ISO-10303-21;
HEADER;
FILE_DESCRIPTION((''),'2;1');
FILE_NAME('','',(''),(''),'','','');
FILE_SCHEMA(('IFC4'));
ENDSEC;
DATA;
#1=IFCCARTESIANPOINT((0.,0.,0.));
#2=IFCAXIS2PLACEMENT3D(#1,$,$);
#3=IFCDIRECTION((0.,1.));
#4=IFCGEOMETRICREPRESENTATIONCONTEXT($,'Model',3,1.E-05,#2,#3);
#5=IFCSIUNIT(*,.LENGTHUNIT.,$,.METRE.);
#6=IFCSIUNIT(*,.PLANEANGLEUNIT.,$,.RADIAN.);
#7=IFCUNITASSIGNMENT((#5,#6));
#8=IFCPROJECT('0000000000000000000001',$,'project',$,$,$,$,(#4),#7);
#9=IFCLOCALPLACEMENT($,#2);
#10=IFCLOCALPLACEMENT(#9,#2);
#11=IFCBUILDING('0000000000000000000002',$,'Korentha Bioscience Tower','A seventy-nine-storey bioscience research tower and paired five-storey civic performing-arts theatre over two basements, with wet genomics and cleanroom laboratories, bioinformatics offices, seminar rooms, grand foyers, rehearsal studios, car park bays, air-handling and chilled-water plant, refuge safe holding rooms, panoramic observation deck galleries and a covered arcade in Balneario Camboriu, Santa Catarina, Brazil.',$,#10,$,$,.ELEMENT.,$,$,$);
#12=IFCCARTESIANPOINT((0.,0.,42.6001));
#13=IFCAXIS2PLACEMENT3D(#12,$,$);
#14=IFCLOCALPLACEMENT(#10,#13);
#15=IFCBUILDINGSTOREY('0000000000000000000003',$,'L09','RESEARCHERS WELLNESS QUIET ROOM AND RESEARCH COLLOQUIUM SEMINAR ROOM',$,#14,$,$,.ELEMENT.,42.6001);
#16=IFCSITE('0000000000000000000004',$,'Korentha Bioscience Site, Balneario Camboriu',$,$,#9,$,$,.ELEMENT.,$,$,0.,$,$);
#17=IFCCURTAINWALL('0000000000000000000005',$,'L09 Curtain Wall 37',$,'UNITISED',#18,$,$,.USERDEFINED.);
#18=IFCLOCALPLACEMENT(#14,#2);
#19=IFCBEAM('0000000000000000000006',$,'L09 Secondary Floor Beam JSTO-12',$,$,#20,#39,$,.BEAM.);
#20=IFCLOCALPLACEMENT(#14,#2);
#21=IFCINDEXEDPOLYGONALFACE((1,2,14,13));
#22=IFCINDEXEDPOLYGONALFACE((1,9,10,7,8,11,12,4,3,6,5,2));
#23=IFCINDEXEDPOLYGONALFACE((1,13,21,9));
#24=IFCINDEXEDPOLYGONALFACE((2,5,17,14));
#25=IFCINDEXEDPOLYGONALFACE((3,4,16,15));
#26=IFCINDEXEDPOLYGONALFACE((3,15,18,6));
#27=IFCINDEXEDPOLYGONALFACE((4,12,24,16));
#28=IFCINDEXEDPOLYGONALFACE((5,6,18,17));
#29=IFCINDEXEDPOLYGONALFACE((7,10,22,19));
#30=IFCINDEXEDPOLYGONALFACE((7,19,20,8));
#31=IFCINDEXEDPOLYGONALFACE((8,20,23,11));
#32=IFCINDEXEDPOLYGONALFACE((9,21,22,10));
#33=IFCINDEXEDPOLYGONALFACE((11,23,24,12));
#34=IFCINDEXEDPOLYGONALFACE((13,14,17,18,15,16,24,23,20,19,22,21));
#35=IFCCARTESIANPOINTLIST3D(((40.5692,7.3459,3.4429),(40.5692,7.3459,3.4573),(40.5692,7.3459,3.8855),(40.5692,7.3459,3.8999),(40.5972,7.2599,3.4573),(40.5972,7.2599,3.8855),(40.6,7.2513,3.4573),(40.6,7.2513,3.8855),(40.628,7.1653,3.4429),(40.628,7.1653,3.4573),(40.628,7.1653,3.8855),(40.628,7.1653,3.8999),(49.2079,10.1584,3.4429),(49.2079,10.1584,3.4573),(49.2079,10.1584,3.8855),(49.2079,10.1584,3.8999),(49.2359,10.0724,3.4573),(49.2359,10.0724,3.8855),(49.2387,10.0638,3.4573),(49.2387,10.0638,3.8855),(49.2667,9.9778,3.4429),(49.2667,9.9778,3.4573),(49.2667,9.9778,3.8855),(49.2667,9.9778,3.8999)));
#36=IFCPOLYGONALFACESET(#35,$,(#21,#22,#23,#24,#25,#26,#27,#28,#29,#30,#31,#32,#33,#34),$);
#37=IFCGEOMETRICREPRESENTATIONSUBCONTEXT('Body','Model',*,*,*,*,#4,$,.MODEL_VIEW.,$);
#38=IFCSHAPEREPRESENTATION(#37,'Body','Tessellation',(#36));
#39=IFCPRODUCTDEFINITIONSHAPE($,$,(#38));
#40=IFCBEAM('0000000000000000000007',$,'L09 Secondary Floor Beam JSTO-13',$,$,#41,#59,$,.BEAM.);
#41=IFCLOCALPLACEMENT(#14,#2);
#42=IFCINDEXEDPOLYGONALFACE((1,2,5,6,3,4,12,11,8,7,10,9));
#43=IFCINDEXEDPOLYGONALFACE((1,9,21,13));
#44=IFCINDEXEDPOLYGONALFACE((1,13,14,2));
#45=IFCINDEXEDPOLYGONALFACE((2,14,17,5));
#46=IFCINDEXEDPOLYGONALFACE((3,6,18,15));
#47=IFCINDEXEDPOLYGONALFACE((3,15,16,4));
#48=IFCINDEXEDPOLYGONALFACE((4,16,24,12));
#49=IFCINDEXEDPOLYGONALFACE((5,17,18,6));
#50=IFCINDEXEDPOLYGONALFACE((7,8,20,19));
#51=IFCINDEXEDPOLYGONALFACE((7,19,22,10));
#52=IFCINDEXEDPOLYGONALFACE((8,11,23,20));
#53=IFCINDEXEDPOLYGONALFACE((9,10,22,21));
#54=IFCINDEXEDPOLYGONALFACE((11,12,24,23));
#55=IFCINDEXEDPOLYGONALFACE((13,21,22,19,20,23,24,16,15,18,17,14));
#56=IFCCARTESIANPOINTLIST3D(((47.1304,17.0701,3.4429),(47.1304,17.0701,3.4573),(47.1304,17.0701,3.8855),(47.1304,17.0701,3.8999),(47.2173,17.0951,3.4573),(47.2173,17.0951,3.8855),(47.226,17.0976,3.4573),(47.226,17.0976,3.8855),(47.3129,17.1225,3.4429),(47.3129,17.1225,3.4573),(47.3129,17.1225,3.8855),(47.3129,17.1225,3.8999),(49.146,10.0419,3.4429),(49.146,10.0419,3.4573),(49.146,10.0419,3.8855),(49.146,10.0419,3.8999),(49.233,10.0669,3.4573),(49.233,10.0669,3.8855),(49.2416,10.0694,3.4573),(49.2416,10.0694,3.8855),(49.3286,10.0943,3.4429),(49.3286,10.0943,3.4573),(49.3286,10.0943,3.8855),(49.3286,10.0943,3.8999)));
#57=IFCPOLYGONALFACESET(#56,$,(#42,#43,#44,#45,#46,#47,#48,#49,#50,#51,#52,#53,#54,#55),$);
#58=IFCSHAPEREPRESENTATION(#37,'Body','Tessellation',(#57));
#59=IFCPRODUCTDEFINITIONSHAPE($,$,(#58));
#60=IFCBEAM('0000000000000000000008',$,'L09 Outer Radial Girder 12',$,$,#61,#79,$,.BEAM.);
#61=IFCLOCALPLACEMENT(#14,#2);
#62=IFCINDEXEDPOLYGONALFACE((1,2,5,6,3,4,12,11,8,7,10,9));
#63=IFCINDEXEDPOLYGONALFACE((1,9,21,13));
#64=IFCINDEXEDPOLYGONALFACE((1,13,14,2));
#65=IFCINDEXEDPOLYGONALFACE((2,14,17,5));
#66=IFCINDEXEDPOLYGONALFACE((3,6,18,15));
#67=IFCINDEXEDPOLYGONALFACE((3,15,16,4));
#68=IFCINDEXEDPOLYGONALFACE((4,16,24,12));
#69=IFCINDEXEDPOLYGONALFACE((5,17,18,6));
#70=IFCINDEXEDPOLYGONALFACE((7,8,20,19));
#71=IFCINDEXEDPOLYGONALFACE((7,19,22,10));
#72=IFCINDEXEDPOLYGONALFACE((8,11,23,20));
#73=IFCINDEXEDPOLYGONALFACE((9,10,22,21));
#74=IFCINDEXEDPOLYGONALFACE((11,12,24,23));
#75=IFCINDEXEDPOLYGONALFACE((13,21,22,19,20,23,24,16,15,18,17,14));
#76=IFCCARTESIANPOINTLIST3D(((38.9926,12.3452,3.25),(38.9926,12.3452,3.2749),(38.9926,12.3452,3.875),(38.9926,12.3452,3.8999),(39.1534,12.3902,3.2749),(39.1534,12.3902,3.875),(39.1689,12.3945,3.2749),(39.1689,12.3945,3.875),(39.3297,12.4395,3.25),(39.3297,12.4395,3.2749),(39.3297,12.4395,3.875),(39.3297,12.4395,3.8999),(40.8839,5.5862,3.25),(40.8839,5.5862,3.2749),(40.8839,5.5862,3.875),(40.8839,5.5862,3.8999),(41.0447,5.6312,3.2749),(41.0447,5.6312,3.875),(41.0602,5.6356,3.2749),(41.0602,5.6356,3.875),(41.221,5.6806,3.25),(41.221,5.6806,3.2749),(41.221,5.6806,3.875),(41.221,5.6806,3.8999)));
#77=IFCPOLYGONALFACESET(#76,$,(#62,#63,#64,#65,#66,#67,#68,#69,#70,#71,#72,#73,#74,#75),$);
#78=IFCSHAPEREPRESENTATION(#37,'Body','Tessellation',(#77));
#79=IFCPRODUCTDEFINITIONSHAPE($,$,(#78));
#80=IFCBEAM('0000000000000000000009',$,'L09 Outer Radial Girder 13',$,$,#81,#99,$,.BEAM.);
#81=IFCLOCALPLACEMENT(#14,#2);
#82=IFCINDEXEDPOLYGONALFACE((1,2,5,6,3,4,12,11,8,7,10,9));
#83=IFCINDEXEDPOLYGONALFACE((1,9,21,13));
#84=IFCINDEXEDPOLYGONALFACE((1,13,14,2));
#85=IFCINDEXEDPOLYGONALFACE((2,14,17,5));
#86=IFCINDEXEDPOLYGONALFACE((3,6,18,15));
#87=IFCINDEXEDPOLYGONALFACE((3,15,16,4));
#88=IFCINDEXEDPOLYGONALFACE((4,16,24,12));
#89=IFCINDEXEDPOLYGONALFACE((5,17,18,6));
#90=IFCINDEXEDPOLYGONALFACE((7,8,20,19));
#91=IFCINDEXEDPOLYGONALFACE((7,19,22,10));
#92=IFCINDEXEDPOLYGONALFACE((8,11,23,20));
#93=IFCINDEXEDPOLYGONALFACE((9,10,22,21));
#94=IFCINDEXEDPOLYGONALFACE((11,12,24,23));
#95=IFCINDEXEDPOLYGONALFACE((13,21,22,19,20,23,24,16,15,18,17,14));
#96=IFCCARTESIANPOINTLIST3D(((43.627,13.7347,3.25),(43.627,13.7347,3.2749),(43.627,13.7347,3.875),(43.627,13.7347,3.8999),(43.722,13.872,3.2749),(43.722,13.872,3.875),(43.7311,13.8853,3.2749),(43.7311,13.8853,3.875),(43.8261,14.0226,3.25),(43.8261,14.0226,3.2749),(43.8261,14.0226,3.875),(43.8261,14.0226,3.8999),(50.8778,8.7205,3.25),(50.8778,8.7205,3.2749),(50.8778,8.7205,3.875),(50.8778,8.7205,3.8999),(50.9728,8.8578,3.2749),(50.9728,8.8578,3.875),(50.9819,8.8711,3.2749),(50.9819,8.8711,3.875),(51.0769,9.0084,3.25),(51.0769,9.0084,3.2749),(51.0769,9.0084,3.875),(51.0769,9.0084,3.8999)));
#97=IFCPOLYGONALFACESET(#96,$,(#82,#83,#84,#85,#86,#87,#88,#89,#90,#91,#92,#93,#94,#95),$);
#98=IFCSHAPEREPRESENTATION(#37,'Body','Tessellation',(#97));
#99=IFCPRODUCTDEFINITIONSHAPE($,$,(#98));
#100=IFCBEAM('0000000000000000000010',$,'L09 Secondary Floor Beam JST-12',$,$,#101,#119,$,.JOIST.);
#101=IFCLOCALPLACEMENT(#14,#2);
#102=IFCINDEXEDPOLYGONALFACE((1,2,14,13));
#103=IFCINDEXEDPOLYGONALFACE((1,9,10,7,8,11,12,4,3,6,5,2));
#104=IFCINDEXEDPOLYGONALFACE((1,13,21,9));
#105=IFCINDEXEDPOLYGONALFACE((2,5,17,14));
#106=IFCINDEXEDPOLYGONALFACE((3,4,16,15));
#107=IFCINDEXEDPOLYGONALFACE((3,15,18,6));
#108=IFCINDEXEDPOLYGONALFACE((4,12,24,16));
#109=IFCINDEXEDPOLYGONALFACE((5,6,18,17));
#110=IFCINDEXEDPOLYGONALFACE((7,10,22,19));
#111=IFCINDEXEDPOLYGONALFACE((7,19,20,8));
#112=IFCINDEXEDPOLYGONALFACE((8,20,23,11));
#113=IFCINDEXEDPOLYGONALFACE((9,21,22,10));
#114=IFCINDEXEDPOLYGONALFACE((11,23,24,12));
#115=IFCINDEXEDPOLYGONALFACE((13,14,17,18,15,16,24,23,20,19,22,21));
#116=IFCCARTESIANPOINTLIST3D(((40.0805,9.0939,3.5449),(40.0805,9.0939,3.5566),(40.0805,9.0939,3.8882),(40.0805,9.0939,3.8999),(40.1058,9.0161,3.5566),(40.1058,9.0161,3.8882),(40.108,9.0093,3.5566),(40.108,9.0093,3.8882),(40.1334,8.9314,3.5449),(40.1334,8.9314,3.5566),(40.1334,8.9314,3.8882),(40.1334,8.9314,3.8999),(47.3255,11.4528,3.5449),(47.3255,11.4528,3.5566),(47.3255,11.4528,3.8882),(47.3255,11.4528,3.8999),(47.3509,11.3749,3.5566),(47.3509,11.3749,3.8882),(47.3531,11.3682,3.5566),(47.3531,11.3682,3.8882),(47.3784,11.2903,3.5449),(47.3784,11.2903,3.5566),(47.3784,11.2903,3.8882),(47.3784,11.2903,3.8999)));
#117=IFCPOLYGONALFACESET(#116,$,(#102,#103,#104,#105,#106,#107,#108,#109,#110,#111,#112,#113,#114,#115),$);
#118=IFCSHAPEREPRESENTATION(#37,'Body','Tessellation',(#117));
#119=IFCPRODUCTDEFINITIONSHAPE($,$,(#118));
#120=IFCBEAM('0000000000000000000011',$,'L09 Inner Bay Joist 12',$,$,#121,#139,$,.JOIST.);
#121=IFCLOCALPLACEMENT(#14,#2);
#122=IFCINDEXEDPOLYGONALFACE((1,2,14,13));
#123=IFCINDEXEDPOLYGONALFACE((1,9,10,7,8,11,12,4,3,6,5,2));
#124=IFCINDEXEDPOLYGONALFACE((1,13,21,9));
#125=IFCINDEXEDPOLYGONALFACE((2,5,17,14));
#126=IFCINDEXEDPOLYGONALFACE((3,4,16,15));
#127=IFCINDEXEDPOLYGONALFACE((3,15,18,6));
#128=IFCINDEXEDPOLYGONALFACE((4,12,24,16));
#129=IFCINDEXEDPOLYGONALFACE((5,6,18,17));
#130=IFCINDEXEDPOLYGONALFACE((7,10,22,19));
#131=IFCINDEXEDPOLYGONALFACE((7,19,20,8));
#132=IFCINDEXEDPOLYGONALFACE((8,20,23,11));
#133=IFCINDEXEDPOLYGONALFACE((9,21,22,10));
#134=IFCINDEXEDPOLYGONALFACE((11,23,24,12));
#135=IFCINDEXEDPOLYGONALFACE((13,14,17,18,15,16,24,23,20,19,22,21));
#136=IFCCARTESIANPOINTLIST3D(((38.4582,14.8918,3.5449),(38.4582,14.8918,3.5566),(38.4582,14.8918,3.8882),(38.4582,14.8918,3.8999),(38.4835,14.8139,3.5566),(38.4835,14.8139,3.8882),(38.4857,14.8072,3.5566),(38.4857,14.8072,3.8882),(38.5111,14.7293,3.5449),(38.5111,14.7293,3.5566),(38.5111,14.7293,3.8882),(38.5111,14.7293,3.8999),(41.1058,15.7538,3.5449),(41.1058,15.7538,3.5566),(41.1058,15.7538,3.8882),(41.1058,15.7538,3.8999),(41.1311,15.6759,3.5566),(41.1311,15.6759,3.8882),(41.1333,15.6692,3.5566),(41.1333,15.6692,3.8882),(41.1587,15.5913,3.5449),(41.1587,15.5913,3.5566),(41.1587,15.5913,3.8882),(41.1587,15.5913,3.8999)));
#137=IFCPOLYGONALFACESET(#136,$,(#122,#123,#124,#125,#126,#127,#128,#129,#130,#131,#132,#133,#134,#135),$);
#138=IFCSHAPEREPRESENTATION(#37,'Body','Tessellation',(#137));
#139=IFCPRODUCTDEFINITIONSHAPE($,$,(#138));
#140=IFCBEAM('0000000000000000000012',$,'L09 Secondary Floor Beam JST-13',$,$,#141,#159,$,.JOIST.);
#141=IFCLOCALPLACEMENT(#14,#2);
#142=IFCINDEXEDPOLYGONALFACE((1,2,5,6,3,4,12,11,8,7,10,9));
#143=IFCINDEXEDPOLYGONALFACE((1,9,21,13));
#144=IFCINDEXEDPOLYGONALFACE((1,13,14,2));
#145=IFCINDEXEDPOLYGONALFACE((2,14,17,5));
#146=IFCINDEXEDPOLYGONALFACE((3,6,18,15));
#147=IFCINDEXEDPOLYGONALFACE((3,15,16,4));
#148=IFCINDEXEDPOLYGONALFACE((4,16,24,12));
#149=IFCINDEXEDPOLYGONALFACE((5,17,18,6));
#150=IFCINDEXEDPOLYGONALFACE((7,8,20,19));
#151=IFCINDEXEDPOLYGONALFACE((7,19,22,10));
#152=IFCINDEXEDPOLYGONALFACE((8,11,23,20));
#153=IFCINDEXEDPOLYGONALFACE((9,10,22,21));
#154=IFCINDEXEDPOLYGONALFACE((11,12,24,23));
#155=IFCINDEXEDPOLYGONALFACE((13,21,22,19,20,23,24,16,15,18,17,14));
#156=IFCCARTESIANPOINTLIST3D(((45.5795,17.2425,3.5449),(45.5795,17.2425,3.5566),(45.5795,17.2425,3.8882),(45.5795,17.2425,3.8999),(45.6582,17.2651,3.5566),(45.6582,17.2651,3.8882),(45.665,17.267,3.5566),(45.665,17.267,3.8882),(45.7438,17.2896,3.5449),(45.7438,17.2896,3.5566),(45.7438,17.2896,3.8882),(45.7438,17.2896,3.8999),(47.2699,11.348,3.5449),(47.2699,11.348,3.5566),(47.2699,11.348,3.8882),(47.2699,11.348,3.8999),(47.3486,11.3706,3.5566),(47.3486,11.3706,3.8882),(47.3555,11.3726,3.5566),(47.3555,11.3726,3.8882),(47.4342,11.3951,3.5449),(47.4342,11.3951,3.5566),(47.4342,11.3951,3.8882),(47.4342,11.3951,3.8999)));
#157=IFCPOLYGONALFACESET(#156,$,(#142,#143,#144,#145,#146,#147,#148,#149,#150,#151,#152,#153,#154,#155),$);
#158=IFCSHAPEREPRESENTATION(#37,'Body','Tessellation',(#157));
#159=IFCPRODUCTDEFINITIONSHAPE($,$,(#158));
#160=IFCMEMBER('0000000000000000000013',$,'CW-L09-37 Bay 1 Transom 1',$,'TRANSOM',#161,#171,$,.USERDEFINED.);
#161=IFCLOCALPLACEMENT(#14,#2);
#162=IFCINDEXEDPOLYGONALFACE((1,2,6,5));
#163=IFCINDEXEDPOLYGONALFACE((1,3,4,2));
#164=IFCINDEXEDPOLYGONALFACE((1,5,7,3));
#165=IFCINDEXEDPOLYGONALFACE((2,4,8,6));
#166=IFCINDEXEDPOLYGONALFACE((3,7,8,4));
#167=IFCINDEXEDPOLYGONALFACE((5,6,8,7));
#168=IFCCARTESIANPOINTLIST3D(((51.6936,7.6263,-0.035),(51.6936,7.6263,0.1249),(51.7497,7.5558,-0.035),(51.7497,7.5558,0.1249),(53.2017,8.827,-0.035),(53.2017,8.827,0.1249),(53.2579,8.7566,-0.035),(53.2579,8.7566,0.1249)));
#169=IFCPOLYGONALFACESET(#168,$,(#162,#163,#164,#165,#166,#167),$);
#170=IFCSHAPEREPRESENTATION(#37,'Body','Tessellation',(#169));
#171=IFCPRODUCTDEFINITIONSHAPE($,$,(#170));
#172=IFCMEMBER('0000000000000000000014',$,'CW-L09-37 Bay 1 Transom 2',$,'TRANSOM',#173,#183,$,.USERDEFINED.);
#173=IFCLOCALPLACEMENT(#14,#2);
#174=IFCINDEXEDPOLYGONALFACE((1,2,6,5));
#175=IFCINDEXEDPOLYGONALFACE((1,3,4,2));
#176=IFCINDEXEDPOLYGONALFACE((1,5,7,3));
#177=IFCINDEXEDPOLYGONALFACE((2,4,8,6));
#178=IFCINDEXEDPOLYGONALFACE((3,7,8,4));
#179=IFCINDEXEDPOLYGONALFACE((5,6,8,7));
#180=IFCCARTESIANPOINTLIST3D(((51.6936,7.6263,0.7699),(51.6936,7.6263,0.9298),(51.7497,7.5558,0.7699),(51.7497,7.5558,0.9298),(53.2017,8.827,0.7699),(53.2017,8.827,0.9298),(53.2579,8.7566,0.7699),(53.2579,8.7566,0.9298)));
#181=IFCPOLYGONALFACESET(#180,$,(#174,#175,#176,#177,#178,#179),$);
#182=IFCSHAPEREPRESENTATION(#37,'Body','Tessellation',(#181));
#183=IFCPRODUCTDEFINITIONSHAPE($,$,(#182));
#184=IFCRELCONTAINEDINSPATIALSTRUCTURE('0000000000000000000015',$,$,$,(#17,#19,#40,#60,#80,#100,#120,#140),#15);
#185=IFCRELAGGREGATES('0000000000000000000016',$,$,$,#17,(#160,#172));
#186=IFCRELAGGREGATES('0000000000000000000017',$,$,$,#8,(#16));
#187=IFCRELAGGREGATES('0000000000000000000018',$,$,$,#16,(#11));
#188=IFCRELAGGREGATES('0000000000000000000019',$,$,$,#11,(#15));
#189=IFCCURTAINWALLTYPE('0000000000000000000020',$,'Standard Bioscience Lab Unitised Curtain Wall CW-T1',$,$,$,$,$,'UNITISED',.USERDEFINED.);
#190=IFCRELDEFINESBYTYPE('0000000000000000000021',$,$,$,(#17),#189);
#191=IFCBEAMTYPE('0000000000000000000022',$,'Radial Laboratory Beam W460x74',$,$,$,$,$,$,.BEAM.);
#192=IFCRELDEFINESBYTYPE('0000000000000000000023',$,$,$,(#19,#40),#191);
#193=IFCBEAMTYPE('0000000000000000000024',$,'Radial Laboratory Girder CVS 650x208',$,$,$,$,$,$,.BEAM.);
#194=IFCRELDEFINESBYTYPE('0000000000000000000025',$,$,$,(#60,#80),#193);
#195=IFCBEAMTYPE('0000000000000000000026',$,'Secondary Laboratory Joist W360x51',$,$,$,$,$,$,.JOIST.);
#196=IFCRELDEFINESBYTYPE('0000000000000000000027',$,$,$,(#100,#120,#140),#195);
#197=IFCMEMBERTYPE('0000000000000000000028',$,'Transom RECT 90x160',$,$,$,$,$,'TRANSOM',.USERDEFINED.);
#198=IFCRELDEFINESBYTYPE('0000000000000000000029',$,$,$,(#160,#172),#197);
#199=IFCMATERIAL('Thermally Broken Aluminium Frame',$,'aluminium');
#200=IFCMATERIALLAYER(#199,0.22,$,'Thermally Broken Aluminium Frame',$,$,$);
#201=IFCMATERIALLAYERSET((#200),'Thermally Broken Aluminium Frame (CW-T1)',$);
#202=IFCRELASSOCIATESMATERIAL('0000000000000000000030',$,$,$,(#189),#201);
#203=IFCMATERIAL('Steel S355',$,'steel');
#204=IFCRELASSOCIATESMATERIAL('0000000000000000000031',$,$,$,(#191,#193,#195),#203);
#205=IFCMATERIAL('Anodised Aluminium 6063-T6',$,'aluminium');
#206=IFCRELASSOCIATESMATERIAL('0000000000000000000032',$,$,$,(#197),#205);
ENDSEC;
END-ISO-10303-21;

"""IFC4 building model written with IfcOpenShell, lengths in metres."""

from ifc_helpers import new_model, si_unit, direction, frame, origin, origin_2d, place, context, subcontext, project, spatial, rectangle, i_section, extrude, material, layer, layer_set, material_profile, profile_set, type_object, element, aggregate, save


model = new_model("IFC4")

# Units and contexts
model_context = context("Model", 3, precision=1e-05, world=origin(), true_north=direction((0.0, 1.0)))
body_context = subcontext(model_context, "Body", "Model", "MODEL_VIEW")
ifc_project = project(units=[si_unit("LENGTHUNIT", "METRE"), si_unit("PLANEANGLEUNIT", "RADIAN")], contexts=[model_context])

# Site, building, storey
site_placement = place(None, origin())
site = spatial("IfcSite", under=ifc_project, at=site_placement, Name="Korentha Bioscience Site, Balneario Camboriu", CompositionType="ELEMENT", RefElevation=0.0)
building_placement = place(site_placement, origin())
building = spatial("IfcBuilding", under=site, at=building_placement, Name="Korentha Bioscience Tower", Description="A seventy-nine-storey bioscience research tower and paired five-storey civic performing-arts theatre over two basements, with wet genomics and cleanroom laboratories, bioinformatics offices, seminar rooms, grand foyers, rehearsal studios, car park bays, air-handling and chilled-water plant, refuge safe holding rooms, panoramic observation deck galleries and a covered arcade in Balneario Camboriu, Santa Catarina, Brazil.", CompositionType="ELEMENT")
storey_placement = place(building_placement, frame((0.0, 0.0, 42.6001)))
storey = spatial("IfcBuildingStorey", under=building, at=storey_placement, Name="L09", Description="RESEARCHERS WELLNESS QUIET ROOM AND RESEARCH COLLOQUIUM SEMINAR ROOM", CompositionType="ELEMENT", Elevation=42.6001)

# Shared definitions
ifc_material_1 = material(Name="Steel S355", Category="steel")

# Curtain wall
ifc_material_2 = material(Name="Thermally Broken Aluminium Frame", Category="aluminium")
ifc_layer_1 = layer(ifc_material_2, 0.22, Name="Thermally Broken Aluminium Frame")
ifc_layer_set_1 = layer_set([ifc_layer_1], Name="Thermally Broken Aluminium Frame (CW-T1)")
curtain_wall_type = type_object("IfcCurtainWallType", Name="Standard Bioscience Lab Unitised Curtain Wall CW-T1", ElementType="UNITISED", PredefinedType="USERDEFINED", material=ifc_layer_set_1)
curtain_wall_placement = place(storey_placement, origin())
curtain_wall = element("IfcCurtainWall", 1, at=curtain_wall_placement, inside=storey, type_object=curtain_wall_type, Name="L09 Curtain Wall 37", ObjectType="UNITISED", PredefinedType="USERDEFINED")
ifc_material_3 = material(Name="Anodised Aluminium 6063-T6", Category="aluminium")

# Beams
ifc_material_profile_1 = material_profile(ifc_material_1, i_section(OverallWidth=0.1899, OverallDepth=0.457, WebThickness=0.009, FlangeThickness=0.0144, at=origin_2d()), Name="Steel S355")
ifc_profile_set_1 = profile_set([ifc_material_profile_1], Name="Steel S355 (RB-460)")
beam_type_1 = type_object("IfcBeamType", Name="Radial Laboratory Beam W460x74", PredefinedType="BEAM", material=ifc_profile_set_1)
beam_1_placement = place(storey_placement, frame((40.5986, 7.2556, 3.6714), z_axis=(0.950874, 0.309577, 0.0), x_axis=(-0.309577, 0.950874, 0.0)))
element("IfcBeam", 2, at=beam_1_placement, inside=storey, type_object=beam_type_1, Name="L09 Secondary Floor Beam JSTO-12", PredefinedType="BEAM", context=body_context, shape_type="SweptSolid", body=[
    extrude(i_section(OverallWidth=0.1899, OverallDepth=0.457, WebThickness=0.009, FlangeThickness=0.0144, at=origin_2d()), origin(), (0.0, 0.0, 1.0), 9.085),
])
beam_2_placement = place(storey_placement, frame((49.2373, 10.0681, 3.6714), z_axis=(-0.275682, 0.961249, 0.0), x_axis=(-0.961249, -0.275682, 0.0)))
element("IfcBeam", 3, at=beam_2_placement, inside=storey, type_object=beam_type_1, Name="L09 Secondary Floor Beam JSTO-13", PredefinedType="BEAM", context=body_context, shape_type="SweptSolid", body=[
    extrude(i_section(OverallWidth=0.1899, OverallDepth=0.457, WebThickness=0.009, FlangeThickness=0.0144, at=origin_2d()), origin(), (0.0, 0.0, 1.0), 7.3115),
])
ifc_material_profile_2 = material_profile(ifc_material_1, i_section(OverallWidth=0.3501, OverallDepth=0.6499, WebThickness=0.0161, FlangeThickness=0.0249, at=origin_2d()), Name="Steel S355")
ifc_profile_set_2 = profile_set([ifc_material_profile_2], Name="Steel S355 (RB-650)")
beam_type_2 = type_object("IfcBeamType", Name="Radial Laboratory Girder CVS 650x208", PredefinedType="BEAM", material=ifc_profile_set_2)
beam_3_placement = place(storey_placement, frame((39.1611, 12.3923, 3.575), z_axis=(0.269475, -0.963007, 0.0), x_axis=(0.963007, 0.269475, 0.0)))
element("IfcBeam", 4, at=beam_3_placement, inside=storey, type_object=beam_type_2, Name="L09 Outer Radial Girder 12", PredefinedType="BEAM", context=body_context, shape_type="SweptSolid", body=[
    extrude(i_section(OverallWidth=0.3501, OverallDepth=0.6499, WebThickness=0.0161, FlangeThickness=0.0249, at=origin_2d()), origin(), (0.0, 0.0, 1.0), 7.0186),
])
beam_4_placement = place(storey_placement, frame((43.7266, 13.8787, 3.575), z_axis=(0.822488, -0.568782, 0.0), x_axis=(0.568782, 0.822488, 0.0)))
element("IfcBeam", 5, at=beam_4_placement, inside=storey, type_object=beam_type_2, Name="L09 Outer Radial Girder 13", PredefinedType="BEAM", context=body_context, shape_type="SweptSolid", body=[
    extrude(i_section(OverallWidth=0.3501, OverallDepth=0.6499, WebThickness=0.0161, FlangeThickness=0.0249, at=origin_2d()), origin(), (0.0, 0.0, 1.0), 8.8157),
])
ifc_material_profile_3 = material_profile(ifc_material_1, i_section(OverallWidth=0.1709, OverallDepth=0.355, WebThickness=0.0071, FlangeThickness=0.0117, at=origin_2d()), Name="Steel S355")
ifc_profile_set_3 = profile_set([ifc_material_profile_3], Name="Steel S355 (JB-360)")
beam_type_3 = type_object("IfcBeamType", Name="Secondary Laboratory Joist W360x51", PredefinedType="JOIST", material=ifc_profile_set_3)
beam_5_placement = place(storey_placement, frame((40.1069, 9.0127, 3.7224), z_axis=(0.950871, 0.309587, 0.0), x_axis=(-0.309587, 0.950871, 0.0)))
element("IfcBeam", 6, at=beam_5_placement, inside=storey, type_object=beam_type_3, Name="L09 Secondary Floor Beam JST-12", PredefinedType="JOIST", context=body_context, shape_type="SweptSolid", body=[
    extrude(i_section(OverallWidth=0.1709, OverallDepth=0.355, WebThickness=0.0071, FlangeThickness=0.0117, at=origin_2d()), origin(), (0.0, 0.0, 1.0), 7.6194),
])
beam_6_placement = place(storey_placement, frame((38.4846, 14.8105, 3.7224), z_axis=(0.95087, 0.309592, 0.0), x_axis=(-0.309592, 0.95087, 0.0)))
element("IfcBeam", 7, at=beam_6_placement, inside=storey, type_object=beam_type_3, Name="L09 Inner Bay Joist 12", PredefinedType="JOIST", context=body_context, shape_type="SweptSolid", body=[
    extrude(i_section(OverallWidth=0.1709, OverallDepth=0.355, WebThickness=0.0071, FlangeThickness=0.0117, at=origin_2d()), origin(), (0.0, 0.0, 1.0), 2.7844),
])
beam_7_placement = place(storey_placement, frame((47.3521, 11.3716, 3.7224), z_axis=(-0.275668, 0.961253, 0.0), x_axis=(-0.961253, -0.275668, 0.0)))
element("IfcBeam", 8, at=beam_7_placement, inside=storey, type_object=beam_type_3, Name="L09 Secondary Floor Beam JST-13", PredefinedType="JOIST", context=body_context, shape_type="SweptSolid", body=[
    extrude(i_section(OverallWidth=0.1709, OverallDepth=0.355, WebThickness=0.0071, FlangeThickness=0.0117, at=origin_2d()), origin(), (0.0, 0.0, 1.0), 6.1321),
])

# Members
ifc_material_profile_4 = material_profile(ifc_material_3, rectangle(XDim=0.0901, YDim=0.1599, at=origin_2d()), Name="Anodised Aluminium 6063-T6")
ifc_profile_set_4 = profile_set([ifc_material_profile_4], Name="Anodised Aluminium 6063-T6 (CW-TRN)")
member_type_1 = type_object("IfcMemberType", Name="Transom RECT 90x160", ElementType="TRANSOM", PredefinedType="USERDEFINED", material=ifc_profile_set_4)
member_1_placement = place(storey_placement, frame((51.7217, 7.5911, 0.0449), z_axis=(0.782325, 0.622871, 0.0), x_axis=(-0.622871, 0.782325, 0.0)))
member_1 = element("IfcMember", 9, at=member_1_placement, type_object=member_type_1, Name="CW-L09-37 Bay 1 Transom 1", ObjectType="TRANSOM", PredefinedType="USERDEFINED", context=body_context, shape_type="SweptSolid", body=[
    extrude(rectangle(XDim=0.0901, YDim=0.1599, at=origin_2d()), origin(), (0.0, 0.0, 1.0), 1.9277),
])
member_2_placement = place(storey_placement, frame((51.7217, 7.5911, 0.8499), z_axis=(0.782325, 0.622871, 0.0), x_axis=(-0.622871, 0.782325, 0.0)))
member_2 = element("IfcMember", 10, at=member_2_placement, type_object=member_type_1, Name="CW-L09-37 Bay 1 Transom 2", ObjectType="TRANSOM", PredefinedType="USERDEFINED", context=body_context, shape_type="SweptSolid", body=[
    extrude(rectangle(XDim=0.0901, YDim=0.1599, at=origin_2d()), origin(), (0.0, 0.0, 1.0), 1.9277),
])

aggregate(curtain_wall, [member_1, member_2])

save(model, "model.ifc")
